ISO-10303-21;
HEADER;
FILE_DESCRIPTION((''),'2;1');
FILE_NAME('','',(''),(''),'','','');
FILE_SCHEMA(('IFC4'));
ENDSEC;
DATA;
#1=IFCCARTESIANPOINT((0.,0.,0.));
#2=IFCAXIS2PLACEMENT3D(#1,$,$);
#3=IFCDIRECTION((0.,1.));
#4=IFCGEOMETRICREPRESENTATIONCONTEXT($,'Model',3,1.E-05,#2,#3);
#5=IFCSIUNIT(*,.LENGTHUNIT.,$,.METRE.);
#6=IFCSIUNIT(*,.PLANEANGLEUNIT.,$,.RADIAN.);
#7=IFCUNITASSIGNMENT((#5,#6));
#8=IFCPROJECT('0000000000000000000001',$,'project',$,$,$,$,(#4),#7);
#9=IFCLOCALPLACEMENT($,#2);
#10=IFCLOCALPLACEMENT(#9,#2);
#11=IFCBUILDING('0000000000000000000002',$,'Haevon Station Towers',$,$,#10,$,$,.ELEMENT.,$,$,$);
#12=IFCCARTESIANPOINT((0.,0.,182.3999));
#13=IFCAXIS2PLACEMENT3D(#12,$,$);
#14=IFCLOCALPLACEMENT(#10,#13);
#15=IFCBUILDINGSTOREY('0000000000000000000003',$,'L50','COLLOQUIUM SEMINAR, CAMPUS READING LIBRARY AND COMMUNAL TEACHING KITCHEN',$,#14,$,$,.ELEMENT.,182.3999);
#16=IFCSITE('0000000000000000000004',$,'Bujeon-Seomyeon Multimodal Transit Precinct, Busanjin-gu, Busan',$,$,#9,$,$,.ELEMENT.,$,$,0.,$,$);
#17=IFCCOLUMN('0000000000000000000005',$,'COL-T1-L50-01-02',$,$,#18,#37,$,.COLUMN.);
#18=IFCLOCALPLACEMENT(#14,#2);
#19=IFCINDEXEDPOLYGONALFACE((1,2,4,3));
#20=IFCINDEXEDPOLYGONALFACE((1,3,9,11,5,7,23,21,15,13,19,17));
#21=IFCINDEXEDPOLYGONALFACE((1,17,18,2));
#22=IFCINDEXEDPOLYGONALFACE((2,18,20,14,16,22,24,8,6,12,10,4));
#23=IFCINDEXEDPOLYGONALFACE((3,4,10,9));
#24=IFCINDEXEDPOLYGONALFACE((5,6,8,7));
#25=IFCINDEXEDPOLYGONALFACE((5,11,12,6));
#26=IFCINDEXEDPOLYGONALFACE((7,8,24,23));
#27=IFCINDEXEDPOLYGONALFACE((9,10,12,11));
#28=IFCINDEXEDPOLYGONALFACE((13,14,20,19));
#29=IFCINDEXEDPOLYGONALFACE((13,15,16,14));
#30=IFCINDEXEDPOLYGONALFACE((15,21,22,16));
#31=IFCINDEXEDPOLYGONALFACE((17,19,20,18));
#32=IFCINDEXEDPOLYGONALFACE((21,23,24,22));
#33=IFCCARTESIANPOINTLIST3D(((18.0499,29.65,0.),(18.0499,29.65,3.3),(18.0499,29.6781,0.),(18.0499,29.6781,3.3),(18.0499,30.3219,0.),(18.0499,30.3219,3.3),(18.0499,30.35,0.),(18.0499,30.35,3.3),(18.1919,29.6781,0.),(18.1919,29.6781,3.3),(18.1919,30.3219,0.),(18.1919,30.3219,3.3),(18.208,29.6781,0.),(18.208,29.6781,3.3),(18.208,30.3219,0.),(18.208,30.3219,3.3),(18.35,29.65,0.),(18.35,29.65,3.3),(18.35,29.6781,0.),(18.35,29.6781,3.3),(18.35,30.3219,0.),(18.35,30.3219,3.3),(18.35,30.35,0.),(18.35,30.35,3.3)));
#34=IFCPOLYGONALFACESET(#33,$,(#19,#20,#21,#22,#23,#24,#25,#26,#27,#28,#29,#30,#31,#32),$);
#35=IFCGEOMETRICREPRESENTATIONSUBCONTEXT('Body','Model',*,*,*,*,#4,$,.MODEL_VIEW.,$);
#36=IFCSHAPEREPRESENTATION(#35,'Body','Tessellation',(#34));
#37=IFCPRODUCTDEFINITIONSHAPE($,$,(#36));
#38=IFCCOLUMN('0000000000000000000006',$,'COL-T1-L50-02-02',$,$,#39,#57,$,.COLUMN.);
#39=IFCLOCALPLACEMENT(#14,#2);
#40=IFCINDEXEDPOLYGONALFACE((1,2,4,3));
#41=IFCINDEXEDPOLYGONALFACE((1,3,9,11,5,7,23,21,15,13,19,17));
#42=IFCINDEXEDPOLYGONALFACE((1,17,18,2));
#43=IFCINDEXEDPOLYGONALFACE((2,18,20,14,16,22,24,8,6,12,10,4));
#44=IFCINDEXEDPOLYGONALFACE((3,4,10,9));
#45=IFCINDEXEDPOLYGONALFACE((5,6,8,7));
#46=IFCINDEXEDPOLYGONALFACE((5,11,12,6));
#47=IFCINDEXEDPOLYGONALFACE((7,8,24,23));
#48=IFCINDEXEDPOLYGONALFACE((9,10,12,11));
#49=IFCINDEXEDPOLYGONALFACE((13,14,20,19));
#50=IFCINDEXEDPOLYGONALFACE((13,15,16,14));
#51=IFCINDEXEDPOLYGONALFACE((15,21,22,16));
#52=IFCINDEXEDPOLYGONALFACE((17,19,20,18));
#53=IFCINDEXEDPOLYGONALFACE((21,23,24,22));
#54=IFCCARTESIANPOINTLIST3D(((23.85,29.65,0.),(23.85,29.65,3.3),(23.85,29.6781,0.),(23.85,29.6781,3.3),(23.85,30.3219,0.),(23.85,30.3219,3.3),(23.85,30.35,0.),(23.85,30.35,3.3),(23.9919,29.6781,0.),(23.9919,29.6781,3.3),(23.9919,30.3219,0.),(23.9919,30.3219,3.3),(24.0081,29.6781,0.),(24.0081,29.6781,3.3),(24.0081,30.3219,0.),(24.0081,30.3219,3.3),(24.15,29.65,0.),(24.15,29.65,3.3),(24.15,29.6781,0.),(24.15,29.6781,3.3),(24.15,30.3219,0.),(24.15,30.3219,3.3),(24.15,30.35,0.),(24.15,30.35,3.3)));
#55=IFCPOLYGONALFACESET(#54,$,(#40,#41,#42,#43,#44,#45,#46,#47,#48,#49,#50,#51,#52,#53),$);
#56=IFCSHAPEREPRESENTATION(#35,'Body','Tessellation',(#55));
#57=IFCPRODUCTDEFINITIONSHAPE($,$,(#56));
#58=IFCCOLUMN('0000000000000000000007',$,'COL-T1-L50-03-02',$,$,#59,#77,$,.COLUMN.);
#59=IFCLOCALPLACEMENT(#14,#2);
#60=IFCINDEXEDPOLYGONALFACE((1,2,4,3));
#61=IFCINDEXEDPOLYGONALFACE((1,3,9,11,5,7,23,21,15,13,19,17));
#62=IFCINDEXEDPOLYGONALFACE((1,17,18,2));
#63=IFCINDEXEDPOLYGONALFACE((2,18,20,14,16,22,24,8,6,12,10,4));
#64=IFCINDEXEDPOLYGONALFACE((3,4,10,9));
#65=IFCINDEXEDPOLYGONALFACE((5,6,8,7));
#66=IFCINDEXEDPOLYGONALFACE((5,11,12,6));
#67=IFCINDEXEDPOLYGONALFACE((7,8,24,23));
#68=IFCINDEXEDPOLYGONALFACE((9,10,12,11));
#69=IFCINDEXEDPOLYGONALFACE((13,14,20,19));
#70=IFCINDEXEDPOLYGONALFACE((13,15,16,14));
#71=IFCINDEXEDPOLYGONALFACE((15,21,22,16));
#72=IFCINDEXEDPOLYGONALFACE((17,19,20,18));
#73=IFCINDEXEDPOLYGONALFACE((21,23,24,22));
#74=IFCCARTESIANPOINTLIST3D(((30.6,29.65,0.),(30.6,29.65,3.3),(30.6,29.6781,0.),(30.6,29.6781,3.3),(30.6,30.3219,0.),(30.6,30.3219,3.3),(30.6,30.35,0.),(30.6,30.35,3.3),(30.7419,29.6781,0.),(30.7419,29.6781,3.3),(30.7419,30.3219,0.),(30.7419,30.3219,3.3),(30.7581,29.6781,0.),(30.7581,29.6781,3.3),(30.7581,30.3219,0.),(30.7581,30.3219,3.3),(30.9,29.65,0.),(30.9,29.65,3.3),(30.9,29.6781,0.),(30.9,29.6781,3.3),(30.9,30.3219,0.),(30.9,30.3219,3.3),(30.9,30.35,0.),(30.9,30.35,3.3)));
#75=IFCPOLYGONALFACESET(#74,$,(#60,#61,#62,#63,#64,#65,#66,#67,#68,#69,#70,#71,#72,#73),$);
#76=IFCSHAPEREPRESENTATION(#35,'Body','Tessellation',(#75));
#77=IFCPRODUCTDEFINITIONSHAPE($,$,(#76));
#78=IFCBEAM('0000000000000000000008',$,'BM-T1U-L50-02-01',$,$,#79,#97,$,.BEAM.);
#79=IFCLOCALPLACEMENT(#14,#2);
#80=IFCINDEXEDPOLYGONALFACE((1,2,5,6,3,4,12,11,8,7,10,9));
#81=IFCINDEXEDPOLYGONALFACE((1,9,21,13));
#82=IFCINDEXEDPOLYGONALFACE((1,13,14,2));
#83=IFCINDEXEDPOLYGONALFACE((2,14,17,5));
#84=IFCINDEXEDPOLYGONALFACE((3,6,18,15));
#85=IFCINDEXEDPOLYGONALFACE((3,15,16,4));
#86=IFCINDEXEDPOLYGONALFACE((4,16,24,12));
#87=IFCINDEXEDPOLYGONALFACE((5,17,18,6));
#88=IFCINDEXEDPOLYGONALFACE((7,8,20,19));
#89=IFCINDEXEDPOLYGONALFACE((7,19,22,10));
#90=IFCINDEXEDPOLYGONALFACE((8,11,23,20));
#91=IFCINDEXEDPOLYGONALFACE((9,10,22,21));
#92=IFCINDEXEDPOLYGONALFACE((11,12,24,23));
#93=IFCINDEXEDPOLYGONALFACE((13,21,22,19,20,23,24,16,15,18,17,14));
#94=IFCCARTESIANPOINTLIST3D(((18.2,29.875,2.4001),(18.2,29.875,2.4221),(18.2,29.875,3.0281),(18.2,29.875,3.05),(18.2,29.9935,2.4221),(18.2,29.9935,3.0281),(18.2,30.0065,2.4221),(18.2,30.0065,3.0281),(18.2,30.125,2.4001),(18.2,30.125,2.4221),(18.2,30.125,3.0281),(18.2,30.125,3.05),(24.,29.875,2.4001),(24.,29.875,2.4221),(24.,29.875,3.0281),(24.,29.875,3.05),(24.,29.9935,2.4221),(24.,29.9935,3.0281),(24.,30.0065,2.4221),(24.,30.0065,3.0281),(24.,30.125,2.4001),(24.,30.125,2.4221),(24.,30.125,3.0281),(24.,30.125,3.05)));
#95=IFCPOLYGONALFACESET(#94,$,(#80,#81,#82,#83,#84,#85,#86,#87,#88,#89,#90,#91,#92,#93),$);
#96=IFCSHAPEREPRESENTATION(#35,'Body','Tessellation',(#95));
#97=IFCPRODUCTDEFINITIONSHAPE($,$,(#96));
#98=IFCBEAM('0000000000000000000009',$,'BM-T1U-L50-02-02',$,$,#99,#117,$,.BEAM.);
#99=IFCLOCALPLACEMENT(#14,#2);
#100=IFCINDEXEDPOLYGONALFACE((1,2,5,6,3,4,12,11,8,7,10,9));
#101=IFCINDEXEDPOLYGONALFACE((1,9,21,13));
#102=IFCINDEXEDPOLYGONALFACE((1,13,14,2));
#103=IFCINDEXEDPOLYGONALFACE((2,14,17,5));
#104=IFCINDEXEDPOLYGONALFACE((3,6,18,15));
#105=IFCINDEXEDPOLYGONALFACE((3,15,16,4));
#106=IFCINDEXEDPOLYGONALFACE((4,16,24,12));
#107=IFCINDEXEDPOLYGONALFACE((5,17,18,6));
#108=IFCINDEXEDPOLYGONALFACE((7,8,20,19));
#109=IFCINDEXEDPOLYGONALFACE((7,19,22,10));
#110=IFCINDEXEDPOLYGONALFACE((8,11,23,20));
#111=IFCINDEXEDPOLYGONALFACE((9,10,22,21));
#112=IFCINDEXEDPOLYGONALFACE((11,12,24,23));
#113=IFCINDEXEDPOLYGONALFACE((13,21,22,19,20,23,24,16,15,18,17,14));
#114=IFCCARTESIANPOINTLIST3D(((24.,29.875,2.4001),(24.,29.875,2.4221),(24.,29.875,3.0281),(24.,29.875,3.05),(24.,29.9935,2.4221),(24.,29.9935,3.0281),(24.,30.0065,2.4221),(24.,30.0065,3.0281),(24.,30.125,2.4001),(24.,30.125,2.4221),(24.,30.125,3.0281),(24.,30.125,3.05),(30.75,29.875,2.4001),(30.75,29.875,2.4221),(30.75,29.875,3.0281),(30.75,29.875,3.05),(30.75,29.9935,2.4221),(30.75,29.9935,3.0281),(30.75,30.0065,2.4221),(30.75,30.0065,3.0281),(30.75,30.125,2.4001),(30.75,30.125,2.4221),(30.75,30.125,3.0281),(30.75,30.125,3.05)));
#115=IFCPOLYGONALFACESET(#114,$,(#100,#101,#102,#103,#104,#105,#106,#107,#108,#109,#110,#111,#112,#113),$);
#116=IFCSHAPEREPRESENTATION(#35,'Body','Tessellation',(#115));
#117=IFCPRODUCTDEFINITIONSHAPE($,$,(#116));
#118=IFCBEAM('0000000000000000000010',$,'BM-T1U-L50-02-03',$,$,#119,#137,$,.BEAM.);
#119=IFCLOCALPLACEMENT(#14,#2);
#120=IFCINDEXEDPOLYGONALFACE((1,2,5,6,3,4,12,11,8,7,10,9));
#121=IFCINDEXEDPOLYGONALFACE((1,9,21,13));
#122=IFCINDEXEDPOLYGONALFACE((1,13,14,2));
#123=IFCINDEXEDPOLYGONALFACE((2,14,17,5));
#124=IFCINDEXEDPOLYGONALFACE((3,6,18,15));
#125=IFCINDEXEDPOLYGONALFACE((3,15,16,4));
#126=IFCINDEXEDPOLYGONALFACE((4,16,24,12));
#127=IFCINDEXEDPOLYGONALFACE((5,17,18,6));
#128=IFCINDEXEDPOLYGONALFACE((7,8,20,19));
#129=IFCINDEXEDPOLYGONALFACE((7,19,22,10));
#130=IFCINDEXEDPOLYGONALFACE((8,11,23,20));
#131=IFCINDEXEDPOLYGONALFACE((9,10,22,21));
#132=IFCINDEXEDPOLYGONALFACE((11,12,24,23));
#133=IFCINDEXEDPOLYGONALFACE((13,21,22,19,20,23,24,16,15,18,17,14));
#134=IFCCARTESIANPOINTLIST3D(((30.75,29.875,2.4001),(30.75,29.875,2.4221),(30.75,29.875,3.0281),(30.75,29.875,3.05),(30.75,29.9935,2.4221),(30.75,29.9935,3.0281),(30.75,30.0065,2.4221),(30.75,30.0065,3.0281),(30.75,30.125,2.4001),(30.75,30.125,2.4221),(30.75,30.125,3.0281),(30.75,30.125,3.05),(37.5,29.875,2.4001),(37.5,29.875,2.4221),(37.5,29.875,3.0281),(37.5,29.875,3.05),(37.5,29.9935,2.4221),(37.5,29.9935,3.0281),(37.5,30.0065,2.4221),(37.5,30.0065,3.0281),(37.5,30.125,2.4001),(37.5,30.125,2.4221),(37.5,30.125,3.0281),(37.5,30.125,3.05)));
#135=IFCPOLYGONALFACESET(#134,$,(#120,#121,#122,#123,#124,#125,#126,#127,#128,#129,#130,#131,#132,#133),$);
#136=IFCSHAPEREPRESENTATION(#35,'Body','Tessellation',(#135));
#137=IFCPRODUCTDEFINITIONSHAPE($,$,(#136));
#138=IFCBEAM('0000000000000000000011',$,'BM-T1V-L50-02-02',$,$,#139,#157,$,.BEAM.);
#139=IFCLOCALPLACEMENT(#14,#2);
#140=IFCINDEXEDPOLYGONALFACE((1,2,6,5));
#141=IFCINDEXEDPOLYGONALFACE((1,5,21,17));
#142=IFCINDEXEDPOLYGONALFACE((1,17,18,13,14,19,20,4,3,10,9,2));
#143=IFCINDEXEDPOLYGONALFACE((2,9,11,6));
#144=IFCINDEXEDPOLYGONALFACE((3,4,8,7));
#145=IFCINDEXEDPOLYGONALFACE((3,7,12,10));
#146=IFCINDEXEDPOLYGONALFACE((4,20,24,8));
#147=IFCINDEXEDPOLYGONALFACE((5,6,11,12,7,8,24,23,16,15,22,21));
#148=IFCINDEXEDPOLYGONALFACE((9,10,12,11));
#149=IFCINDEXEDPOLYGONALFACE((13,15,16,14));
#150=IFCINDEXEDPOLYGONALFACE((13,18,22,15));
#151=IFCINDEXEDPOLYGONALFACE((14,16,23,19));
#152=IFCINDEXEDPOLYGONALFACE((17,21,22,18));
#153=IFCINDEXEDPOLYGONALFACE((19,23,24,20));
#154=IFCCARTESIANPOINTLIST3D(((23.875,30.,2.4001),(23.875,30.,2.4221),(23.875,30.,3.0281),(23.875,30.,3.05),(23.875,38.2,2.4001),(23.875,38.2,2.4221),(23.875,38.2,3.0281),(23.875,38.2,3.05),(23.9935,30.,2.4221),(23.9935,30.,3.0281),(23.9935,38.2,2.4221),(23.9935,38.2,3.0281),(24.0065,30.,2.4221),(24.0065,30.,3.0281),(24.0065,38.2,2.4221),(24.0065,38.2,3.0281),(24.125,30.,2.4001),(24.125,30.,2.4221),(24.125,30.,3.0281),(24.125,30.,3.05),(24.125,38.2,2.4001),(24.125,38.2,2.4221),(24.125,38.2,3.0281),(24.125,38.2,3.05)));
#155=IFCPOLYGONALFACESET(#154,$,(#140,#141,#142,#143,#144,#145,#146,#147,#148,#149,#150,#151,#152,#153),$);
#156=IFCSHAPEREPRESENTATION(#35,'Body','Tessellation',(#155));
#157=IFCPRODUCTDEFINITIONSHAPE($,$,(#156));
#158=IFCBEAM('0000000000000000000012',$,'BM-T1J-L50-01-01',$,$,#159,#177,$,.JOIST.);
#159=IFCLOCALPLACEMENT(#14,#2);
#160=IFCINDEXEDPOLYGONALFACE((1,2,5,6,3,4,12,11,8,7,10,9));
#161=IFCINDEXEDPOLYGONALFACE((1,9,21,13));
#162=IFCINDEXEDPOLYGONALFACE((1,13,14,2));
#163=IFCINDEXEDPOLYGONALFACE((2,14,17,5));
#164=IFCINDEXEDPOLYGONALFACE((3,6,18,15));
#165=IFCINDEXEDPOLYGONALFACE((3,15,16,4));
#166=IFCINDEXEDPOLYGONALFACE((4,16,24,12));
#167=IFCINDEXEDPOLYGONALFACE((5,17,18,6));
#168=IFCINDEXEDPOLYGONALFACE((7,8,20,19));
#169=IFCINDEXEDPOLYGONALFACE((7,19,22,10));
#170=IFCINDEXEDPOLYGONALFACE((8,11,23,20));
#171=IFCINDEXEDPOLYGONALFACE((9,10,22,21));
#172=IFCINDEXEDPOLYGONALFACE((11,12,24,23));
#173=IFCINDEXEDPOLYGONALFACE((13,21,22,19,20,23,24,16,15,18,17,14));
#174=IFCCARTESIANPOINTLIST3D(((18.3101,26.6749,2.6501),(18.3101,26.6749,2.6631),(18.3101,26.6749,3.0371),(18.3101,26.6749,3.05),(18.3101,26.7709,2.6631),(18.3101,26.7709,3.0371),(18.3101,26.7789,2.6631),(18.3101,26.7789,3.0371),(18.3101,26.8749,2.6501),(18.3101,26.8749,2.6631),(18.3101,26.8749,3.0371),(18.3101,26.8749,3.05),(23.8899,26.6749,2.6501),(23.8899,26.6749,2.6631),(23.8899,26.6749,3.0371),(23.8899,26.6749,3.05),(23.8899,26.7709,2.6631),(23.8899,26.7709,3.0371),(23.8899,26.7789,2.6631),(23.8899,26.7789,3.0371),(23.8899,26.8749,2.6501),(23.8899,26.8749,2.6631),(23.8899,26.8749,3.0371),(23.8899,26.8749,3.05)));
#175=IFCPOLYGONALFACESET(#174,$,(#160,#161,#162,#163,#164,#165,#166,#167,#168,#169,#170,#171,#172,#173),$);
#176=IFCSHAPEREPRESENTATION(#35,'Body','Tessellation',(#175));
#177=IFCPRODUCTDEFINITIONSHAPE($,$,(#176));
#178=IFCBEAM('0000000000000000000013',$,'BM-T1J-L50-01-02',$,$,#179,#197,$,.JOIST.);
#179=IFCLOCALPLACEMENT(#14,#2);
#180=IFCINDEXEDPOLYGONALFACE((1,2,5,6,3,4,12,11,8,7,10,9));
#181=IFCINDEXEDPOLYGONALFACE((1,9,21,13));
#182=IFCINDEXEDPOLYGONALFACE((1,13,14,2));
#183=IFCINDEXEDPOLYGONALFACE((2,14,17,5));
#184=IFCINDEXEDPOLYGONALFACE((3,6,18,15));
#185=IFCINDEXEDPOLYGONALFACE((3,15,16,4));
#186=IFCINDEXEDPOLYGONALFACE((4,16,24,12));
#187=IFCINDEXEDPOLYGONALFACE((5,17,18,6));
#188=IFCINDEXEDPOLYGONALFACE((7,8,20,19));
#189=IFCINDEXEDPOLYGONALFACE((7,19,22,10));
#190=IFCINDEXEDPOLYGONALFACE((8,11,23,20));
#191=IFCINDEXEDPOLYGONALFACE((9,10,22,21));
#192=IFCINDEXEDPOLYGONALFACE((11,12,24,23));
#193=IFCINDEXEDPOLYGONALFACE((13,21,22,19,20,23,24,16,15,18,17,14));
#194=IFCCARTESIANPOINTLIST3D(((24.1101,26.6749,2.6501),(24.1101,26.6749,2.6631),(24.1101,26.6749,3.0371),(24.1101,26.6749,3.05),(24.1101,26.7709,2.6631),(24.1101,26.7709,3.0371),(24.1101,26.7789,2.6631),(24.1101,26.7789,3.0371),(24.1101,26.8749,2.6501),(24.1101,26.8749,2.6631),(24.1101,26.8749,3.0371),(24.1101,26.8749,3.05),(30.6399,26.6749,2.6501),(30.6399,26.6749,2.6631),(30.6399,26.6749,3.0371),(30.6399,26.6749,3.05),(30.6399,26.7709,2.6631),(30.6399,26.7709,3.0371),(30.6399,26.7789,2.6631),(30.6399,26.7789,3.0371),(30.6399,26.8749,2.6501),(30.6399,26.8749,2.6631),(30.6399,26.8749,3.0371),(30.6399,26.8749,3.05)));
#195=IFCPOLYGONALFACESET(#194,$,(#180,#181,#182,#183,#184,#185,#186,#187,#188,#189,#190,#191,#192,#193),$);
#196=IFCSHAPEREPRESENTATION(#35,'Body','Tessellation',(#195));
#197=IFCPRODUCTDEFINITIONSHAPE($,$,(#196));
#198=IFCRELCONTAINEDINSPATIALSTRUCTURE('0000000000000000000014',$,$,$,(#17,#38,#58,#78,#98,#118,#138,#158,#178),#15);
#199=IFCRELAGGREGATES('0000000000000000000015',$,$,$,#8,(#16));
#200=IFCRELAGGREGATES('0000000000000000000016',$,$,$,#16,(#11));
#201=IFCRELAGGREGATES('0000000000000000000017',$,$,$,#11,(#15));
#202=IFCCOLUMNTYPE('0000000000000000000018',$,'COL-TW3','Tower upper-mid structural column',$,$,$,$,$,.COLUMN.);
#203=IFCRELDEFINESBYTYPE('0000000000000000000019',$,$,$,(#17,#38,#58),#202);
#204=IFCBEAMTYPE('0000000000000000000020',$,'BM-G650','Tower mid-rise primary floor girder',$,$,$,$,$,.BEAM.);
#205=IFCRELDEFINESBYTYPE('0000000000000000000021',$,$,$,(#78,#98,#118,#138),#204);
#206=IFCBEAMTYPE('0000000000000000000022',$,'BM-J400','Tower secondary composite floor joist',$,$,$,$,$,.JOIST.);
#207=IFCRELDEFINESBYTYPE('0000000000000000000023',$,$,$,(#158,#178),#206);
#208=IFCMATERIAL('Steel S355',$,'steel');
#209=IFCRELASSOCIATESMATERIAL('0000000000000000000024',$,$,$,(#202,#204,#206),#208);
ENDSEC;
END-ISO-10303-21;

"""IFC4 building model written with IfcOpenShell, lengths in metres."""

from ifc_helpers import new_model, si_unit, direction, frame, origin, origin_2d, place, context, subcontext, project, spatial, i_section, extrude, material, material_profile, profile_set, type_object, element, save


model = new_model("IFC4")

# Units and contexts
model_context = context("Model", 3, precision=1e-05, world=origin(), true_north=direction((0.0, 1.0)))
body_context = subcontext(model_context, "Body", "Model", "MODEL_VIEW")
ifc_project = project(units=[si_unit("LENGTHUNIT", "METRE"), si_unit("PLANEANGLEUNIT", "RADIAN")], contexts=[model_context])

# Site, building, storey
site_placement = place(None, origin())
site = spatial("IfcSite", under=ifc_project, at=site_placement, Name="Bujeon-Seomyeon Multimodal Transit Precinct, Busanjin-gu, Busan", CompositionType="ELEMENT", RefElevation=0.0)
building_placement = place(site_placement, origin())
building = spatial("IfcBuilding", under=site, at=building_placement, Name="Haevon Station Towers", CompositionType="ELEMENT")
storey_placement = place(building_placement, frame((0.0, 0.0, 182.3999)))
storey = spatial("IfcBuildingStorey", under=building, at=storey_placement, Name="L50", Description="COLLOQUIUM SEMINAR, CAMPUS READING LIBRARY AND COMMUNAL TEACHING KITCHEN", CompositionType="ELEMENT", Elevation=182.3999)

# Columns
ifc_material_1 = material(Name="Steel S355", Category="steel")
ifc_material_profile_1 = material_profile(ifc_material_1, i_section(OverallWidth=0.3, OverallDepth=0.7, WebThickness=0.0161, FlangeThickness=0.0281, at=origin_2d()), Name="H-700x300x16x28")
ifc_profile_set_1 = profile_set([ifc_material_profile_1], Name="Steel S355")
column_type = type_object("IfcColumnType", Name="COL-TW3", Description="Tower upper-mid structural column", PredefinedType="COLUMN", material=ifc_profile_set_1)
for number, where, z_axis, x_axis, name in (
    (1, (18.2, 30.0, 0.0), (0.0, 0.0, 1.0), (1.0, 0.0, 0.0), "COL-T1-L50-01-02"),
    (2, (24.0, 30.0, 0.0), (0.0, 0.0, 1.0), (1.0, 0.0, 0.0), "COL-T1-L50-02-02"),
    (3, (30.75, 30.0, 0.0), (0.0, 0.0, 1.0), (1.0, 0.0, 0.0), "COL-T1-L50-03-02"),
):
    element("IfcColumn", number, at=place(storey_placement, frame(where, z_axis=z_axis, x_axis=x_axis)), inside=storey, type_object=column_type, Name=name, PredefinedType="COLUMN", context=body_context, shape_type="SweptSolid", body=[
        extrude(i_section(OverallWidth=0.3, OverallDepth=0.7, WebThickness=0.0161, FlangeThickness=0.0281, at=origin_2d()), origin(), (0.0, 0.0, 1.0), 3.3),
    ])

# Beams
ifc_material_profile_2 = material_profile(ifc_material_1, i_section(OverallWidth=0.25, OverallDepth=0.6499, WebThickness=0.0129, FlangeThickness=0.022, at=origin_2d()), Name="H-650x250x13x22")
ifc_profile_set_2 = profile_set([ifc_material_profile_2], Name="Steel S355")
beam_type_1 = type_object("IfcBeamType", Name="BM-G650", Description="Tower mid-rise primary floor girder", PredefinedType="BEAM", material=ifc_profile_set_2)
beam_1_placement = place(storey_placement, frame((18.2, 30.0, 2.7251), z_axis=(1.0, 0.0, 0.0), x_axis=(0.0, 1.0, 0.0)))
element("IfcBeam", 4, at=beam_1_placement, inside=storey, type_object=beam_type_1, Name="BM-T1U-L50-02-01", PredefinedType="BEAM", context=body_context, shape_type="SweptSolid", body=[
    extrude(i_section(OverallWidth=0.25, OverallDepth=0.6499, WebThickness=0.0129, FlangeThickness=0.022, at=origin_2d()), origin(), (0.0, 0.0, 1.0), 5.8),
])
for number, where, z_axis, x_axis, name in (
    (5, (24.0, 30.0, 2.7251), (1.0, 0.0, 0.0), (0.0, 1.0, 0.0), "BM-T1U-L50-02-02"),
    (6, (30.75, 30.0, 2.7251), (1.0, 0.0, 0.0), (0.0, 1.0, 0.0), "BM-T1U-L50-02-03"),
):
    element("IfcBeam", number, at=place(storey_placement, frame(where, z_axis=z_axis, x_axis=x_axis)), inside=storey, type_object=beam_type_1, Name=name, PredefinedType="BEAM", context=body_context, shape_type="SweptSolid", body=[
        extrude(i_section(OverallWidth=0.25, OverallDepth=0.6499, WebThickness=0.0129, FlangeThickness=0.022, at=origin_2d()), origin(), (0.0, 0.0, 1.0), 6.75),
    ])
beam_2_placement = place(storey_placement, frame((24.0, 30.0, 2.7251), z_axis=(0.0, 1.0, 0.0), x_axis=(-1.0, 0.0, 0.0)))
element("IfcBeam", 7, at=beam_2_placement, inside=storey, type_object=beam_type_1, Name="BM-T1V-L50-02-02", PredefinedType="BEAM", context=body_context, shape_type="SweptSolid", body=[
    extrude(i_section(OverallWidth=0.25, OverallDepth=0.6499, WebThickness=0.0129, FlangeThickness=0.022, at=origin_2d()), origin(), (0.0, 0.0, 1.0), 8.2),
])
ifc_material_profile_3 = material_profile(ifc_material_1, i_section(OverallWidth=0.2, OverallDepth=0.3999, WebThickness=0.0081, FlangeThickness=0.0129, at=origin_2d()), Name="H-400x200x8x13")
ifc_profile_set_3 = profile_set([ifc_material_profile_3], Name="Steel S355")
beam_type_2 = type_object("IfcBeamType", Name="BM-J400", Description="Tower secondary composite floor joist", PredefinedType="JOIST", material=ifc_profile_set_3)
beam_3_placement = place(storey_placement, frame((18.3101, 26.7749, 2.8501), z_axis=(1.0, 0.0, 0.0), x_axis=(0.0, 1.0, 0.0)))
element("IfcBeam", 8, at=beam_3_placement, inside=storey, type_object=beam_type_2, Name="BM-T1J-L50-01-01", PredefinedType="JOIST", context=body_context, shape_type="SweptSolid", body=[
    extrude(i_section(OverallWidth=0.2, OverallDepth=0.3999, WebThickness=0.0081, FlangeThickness=0.0129, at=origin_2d()), origin(), (0.0, 0.0, 1.0), 5.5798),
])
beam_4_placement = place(storey_placement, frame((24.1101, 26.7749, 2.8501), z_axis=(1.0, 0.0, 0.0), x_axis=(0.0, 1.0, 0.0)))
element("IfcBeam", 9, at=beam_4_placement, inside=storey, type_object=beam_type_2, Name="BM-T1J-L50-01-02", PredefinedType="JOIST", context=body_context, shape_type="SweptSolid", body=[
    extrude(i_section(OverallWidth=0.2, OverallDepth=0.3999, WebThickness=0.0081, FlangeThickness=0.0129, at=origin_2d()), origin(), (0.0, 0.0, 1.0), 6.5298),
])

save(model, "model.ifc")
